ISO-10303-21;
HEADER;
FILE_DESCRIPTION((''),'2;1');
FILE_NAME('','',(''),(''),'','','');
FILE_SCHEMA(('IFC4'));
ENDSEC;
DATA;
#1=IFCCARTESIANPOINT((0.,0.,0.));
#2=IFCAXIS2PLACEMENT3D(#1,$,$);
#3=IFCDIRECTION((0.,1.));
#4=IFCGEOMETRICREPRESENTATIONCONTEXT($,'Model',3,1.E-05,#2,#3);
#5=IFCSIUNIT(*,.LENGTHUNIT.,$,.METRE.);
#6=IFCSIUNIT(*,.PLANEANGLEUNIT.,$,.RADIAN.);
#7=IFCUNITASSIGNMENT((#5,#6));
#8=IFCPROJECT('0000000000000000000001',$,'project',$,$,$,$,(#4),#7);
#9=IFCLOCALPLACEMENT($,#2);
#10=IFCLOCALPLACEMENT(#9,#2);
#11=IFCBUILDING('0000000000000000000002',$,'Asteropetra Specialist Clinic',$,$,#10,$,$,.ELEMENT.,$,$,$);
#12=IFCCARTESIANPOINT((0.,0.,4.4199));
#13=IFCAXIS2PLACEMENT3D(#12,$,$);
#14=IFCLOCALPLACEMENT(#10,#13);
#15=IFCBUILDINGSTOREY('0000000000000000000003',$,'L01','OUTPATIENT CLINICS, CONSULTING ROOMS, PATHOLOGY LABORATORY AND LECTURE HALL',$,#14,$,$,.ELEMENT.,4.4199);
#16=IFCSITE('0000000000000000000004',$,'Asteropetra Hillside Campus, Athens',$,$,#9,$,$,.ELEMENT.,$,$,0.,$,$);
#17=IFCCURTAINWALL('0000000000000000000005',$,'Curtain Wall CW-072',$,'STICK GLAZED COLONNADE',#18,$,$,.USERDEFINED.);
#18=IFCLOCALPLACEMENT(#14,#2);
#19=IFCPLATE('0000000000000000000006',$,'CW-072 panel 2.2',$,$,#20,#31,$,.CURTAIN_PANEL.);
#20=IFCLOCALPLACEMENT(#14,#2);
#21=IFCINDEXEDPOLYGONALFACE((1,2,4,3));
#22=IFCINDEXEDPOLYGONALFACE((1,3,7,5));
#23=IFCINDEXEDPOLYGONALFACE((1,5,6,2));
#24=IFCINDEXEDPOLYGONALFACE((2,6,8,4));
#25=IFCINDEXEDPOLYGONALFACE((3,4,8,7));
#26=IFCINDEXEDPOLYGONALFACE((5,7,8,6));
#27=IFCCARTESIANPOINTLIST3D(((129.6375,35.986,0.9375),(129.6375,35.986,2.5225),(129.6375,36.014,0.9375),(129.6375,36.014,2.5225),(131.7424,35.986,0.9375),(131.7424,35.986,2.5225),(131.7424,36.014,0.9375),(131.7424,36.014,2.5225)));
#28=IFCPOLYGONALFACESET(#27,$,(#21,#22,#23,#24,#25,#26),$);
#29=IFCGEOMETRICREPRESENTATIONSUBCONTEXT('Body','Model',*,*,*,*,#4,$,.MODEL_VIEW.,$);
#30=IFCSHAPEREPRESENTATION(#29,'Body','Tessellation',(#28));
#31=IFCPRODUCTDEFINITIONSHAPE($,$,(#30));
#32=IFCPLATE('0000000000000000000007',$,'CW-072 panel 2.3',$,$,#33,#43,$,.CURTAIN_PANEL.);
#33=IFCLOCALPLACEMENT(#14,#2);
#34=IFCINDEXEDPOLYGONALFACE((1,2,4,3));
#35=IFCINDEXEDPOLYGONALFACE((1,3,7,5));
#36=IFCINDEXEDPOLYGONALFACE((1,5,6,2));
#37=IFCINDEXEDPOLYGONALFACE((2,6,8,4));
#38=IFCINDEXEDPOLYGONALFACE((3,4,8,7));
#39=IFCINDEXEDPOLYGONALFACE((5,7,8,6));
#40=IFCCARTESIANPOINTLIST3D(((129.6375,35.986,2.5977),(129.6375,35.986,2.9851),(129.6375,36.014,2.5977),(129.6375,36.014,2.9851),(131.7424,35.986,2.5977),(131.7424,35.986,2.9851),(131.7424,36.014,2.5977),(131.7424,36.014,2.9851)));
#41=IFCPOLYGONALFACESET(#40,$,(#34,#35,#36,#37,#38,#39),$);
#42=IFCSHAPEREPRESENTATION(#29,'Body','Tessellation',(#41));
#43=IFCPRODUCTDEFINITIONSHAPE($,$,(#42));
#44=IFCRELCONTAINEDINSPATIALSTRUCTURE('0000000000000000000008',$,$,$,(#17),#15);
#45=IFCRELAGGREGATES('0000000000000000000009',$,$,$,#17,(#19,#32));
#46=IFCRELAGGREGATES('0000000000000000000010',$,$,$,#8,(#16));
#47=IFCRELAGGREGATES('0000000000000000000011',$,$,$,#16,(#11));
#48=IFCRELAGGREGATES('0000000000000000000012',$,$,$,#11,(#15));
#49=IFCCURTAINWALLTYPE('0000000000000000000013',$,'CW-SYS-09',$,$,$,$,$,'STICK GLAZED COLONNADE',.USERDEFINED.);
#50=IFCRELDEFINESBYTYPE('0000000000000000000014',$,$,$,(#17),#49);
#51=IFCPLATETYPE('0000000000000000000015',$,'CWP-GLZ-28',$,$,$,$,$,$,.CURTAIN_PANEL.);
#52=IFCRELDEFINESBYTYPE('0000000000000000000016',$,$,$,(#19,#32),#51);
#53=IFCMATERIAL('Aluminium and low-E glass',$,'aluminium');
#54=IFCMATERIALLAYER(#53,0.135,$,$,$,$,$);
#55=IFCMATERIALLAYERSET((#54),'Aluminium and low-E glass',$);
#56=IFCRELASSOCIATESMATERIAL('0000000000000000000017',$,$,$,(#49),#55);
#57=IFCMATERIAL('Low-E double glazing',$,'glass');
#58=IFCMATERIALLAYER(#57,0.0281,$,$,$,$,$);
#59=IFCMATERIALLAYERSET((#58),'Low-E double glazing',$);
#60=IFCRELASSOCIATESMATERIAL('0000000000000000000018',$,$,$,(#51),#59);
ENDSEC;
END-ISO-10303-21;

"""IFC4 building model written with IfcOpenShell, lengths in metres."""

from ifc_helpers import new_model, si_unit, direction, frame, origin, origin_2d, place, context, subcontext, project, spatial, rectangle, extrude, material, layer, layer_set, type_object, element, aggregate, save


model = new_model("IFC4")

# Units and contexts
model_context = context("Model", 3, precision=1e-05, world=origin(), true_north=direction((0.0, 1.0)))
body_context = subcontext(model_context, "Body", "Model", "MODEL_VIEW")
ifc_project = project(units=[si_unit("LENGTHUNIT", "METRE"), si_unit("PLANEANGLEUNIT", "RADIAN")], contexts=[model_context])

# Site, building, storey
site_placement = place(None, origin())
site = spatial("IfcSite", under=ifc_project, at=site_placement, Name="Asteropetra Hillside Campus, Athens", CompositionType="ELEMENT", RefElevation=0.0)
building_placement = place(site_placement, origin())
building = spatial("IfcBuilding", under=site, at=building_placement, Name="Asteropetra Specialist Clinic", CompositionType="ELEMENT")
storey_placement = place(building_placement, frame((0.0, 0.0, 4.4199)))
storey = spatial("IfcBuildingStorey", under=building, at=storey_placement, Name="L01", Description="OUTPATIENT CLINICS, CONSULTING ROOMS, PATHOLOGY LABORATORY AND LECTURE HALL", CompositionType="ELEMENT", Elevation=4.4199)

# Curtain wall, plates
ifc_material_1 = material(Name="Aluminium and low-E glass", Category="aluminium")
ifc_layer_1 = layer(ifc_material_1, 0.135)
ifc_layer_set_1 = layer_set([ifc_layer_1], Name="Aluminium and low-E glass")
curtain_wall_type = type_object("IfcCurtainWallType", Name="CW-SYS-09", ElementType="STICK GLAZED COLONNADE", PredefinedType="USERDEFINED", material=ifc_layer_set_1)
curtain_wall_placement = place(storey_placement, origin())
curtain_wall = element("IfcCurtainWall", 1, at=curtain_wall_placement, inside=storey, type_object=curtain_wall_type, Name="Curtain Wall CW-072", ObjectType="STICK GLAZED COLONNADE", PredefinedType="USERDEFINED")
ifc_material_2 = material(Name="Low-E double glazing", Category="glass")
ifc_layer_2 = layer(ifc_material_2, 0.0281)
ifc_layer_set_2 = layer_set([ifc_layer_2], Name="Low-E double glazing")
plate_type = type_object("IfcPlateType", Name="CWP-GLZ-28", PredefinedType="CURTAIN_PANEL", material=ifc_layer_set_2)
plate_1_placement = place(storey_placement, frame((130.6899, 36.0, 0.9375), z_axis=(0.0, 0.0, 1.0), x_axis=(-1.0, 0.0, 0.0)))
plate_1 = element("IfcPlate", 2, at=plate_1_placement, type_object=plate_type, Name="CW-072 panel 2.2", PredefinedType="CURTAIN_PANEL", context=body_context, shape_type="SweptSolid", body=[
    extrude(rectangle(XDim=2.105, YDim=0.0281, at=origin_2d()), origin(), (0.0, 0.0, 1.0), 1.585),
])
plate_2_placement = place(storey_placement, frame((130.6899, 36.0, 2.5977), z_axis=(0.0, 0.0, 1.0), x_axis=(-1.0, 0.0, 0.0)))
plate_2 = element("IfcPlate", 3, at=plate_2_placement, type_object=plate_type, Name="CW-072 panel 2.3", PredefinedType="CURTAIN_PANEL", context=body_context, shape_type="SweptSolid", body=[
    extrude(rectangle(XDim=2.105, YDim=0.0281, at=origin_2d()), origin(), (0.0, 0.0, 1.0), 0.3875),
])
aggregate(curtain_wall, [plate_1, plate_2])

save(model, "model.ifc")
